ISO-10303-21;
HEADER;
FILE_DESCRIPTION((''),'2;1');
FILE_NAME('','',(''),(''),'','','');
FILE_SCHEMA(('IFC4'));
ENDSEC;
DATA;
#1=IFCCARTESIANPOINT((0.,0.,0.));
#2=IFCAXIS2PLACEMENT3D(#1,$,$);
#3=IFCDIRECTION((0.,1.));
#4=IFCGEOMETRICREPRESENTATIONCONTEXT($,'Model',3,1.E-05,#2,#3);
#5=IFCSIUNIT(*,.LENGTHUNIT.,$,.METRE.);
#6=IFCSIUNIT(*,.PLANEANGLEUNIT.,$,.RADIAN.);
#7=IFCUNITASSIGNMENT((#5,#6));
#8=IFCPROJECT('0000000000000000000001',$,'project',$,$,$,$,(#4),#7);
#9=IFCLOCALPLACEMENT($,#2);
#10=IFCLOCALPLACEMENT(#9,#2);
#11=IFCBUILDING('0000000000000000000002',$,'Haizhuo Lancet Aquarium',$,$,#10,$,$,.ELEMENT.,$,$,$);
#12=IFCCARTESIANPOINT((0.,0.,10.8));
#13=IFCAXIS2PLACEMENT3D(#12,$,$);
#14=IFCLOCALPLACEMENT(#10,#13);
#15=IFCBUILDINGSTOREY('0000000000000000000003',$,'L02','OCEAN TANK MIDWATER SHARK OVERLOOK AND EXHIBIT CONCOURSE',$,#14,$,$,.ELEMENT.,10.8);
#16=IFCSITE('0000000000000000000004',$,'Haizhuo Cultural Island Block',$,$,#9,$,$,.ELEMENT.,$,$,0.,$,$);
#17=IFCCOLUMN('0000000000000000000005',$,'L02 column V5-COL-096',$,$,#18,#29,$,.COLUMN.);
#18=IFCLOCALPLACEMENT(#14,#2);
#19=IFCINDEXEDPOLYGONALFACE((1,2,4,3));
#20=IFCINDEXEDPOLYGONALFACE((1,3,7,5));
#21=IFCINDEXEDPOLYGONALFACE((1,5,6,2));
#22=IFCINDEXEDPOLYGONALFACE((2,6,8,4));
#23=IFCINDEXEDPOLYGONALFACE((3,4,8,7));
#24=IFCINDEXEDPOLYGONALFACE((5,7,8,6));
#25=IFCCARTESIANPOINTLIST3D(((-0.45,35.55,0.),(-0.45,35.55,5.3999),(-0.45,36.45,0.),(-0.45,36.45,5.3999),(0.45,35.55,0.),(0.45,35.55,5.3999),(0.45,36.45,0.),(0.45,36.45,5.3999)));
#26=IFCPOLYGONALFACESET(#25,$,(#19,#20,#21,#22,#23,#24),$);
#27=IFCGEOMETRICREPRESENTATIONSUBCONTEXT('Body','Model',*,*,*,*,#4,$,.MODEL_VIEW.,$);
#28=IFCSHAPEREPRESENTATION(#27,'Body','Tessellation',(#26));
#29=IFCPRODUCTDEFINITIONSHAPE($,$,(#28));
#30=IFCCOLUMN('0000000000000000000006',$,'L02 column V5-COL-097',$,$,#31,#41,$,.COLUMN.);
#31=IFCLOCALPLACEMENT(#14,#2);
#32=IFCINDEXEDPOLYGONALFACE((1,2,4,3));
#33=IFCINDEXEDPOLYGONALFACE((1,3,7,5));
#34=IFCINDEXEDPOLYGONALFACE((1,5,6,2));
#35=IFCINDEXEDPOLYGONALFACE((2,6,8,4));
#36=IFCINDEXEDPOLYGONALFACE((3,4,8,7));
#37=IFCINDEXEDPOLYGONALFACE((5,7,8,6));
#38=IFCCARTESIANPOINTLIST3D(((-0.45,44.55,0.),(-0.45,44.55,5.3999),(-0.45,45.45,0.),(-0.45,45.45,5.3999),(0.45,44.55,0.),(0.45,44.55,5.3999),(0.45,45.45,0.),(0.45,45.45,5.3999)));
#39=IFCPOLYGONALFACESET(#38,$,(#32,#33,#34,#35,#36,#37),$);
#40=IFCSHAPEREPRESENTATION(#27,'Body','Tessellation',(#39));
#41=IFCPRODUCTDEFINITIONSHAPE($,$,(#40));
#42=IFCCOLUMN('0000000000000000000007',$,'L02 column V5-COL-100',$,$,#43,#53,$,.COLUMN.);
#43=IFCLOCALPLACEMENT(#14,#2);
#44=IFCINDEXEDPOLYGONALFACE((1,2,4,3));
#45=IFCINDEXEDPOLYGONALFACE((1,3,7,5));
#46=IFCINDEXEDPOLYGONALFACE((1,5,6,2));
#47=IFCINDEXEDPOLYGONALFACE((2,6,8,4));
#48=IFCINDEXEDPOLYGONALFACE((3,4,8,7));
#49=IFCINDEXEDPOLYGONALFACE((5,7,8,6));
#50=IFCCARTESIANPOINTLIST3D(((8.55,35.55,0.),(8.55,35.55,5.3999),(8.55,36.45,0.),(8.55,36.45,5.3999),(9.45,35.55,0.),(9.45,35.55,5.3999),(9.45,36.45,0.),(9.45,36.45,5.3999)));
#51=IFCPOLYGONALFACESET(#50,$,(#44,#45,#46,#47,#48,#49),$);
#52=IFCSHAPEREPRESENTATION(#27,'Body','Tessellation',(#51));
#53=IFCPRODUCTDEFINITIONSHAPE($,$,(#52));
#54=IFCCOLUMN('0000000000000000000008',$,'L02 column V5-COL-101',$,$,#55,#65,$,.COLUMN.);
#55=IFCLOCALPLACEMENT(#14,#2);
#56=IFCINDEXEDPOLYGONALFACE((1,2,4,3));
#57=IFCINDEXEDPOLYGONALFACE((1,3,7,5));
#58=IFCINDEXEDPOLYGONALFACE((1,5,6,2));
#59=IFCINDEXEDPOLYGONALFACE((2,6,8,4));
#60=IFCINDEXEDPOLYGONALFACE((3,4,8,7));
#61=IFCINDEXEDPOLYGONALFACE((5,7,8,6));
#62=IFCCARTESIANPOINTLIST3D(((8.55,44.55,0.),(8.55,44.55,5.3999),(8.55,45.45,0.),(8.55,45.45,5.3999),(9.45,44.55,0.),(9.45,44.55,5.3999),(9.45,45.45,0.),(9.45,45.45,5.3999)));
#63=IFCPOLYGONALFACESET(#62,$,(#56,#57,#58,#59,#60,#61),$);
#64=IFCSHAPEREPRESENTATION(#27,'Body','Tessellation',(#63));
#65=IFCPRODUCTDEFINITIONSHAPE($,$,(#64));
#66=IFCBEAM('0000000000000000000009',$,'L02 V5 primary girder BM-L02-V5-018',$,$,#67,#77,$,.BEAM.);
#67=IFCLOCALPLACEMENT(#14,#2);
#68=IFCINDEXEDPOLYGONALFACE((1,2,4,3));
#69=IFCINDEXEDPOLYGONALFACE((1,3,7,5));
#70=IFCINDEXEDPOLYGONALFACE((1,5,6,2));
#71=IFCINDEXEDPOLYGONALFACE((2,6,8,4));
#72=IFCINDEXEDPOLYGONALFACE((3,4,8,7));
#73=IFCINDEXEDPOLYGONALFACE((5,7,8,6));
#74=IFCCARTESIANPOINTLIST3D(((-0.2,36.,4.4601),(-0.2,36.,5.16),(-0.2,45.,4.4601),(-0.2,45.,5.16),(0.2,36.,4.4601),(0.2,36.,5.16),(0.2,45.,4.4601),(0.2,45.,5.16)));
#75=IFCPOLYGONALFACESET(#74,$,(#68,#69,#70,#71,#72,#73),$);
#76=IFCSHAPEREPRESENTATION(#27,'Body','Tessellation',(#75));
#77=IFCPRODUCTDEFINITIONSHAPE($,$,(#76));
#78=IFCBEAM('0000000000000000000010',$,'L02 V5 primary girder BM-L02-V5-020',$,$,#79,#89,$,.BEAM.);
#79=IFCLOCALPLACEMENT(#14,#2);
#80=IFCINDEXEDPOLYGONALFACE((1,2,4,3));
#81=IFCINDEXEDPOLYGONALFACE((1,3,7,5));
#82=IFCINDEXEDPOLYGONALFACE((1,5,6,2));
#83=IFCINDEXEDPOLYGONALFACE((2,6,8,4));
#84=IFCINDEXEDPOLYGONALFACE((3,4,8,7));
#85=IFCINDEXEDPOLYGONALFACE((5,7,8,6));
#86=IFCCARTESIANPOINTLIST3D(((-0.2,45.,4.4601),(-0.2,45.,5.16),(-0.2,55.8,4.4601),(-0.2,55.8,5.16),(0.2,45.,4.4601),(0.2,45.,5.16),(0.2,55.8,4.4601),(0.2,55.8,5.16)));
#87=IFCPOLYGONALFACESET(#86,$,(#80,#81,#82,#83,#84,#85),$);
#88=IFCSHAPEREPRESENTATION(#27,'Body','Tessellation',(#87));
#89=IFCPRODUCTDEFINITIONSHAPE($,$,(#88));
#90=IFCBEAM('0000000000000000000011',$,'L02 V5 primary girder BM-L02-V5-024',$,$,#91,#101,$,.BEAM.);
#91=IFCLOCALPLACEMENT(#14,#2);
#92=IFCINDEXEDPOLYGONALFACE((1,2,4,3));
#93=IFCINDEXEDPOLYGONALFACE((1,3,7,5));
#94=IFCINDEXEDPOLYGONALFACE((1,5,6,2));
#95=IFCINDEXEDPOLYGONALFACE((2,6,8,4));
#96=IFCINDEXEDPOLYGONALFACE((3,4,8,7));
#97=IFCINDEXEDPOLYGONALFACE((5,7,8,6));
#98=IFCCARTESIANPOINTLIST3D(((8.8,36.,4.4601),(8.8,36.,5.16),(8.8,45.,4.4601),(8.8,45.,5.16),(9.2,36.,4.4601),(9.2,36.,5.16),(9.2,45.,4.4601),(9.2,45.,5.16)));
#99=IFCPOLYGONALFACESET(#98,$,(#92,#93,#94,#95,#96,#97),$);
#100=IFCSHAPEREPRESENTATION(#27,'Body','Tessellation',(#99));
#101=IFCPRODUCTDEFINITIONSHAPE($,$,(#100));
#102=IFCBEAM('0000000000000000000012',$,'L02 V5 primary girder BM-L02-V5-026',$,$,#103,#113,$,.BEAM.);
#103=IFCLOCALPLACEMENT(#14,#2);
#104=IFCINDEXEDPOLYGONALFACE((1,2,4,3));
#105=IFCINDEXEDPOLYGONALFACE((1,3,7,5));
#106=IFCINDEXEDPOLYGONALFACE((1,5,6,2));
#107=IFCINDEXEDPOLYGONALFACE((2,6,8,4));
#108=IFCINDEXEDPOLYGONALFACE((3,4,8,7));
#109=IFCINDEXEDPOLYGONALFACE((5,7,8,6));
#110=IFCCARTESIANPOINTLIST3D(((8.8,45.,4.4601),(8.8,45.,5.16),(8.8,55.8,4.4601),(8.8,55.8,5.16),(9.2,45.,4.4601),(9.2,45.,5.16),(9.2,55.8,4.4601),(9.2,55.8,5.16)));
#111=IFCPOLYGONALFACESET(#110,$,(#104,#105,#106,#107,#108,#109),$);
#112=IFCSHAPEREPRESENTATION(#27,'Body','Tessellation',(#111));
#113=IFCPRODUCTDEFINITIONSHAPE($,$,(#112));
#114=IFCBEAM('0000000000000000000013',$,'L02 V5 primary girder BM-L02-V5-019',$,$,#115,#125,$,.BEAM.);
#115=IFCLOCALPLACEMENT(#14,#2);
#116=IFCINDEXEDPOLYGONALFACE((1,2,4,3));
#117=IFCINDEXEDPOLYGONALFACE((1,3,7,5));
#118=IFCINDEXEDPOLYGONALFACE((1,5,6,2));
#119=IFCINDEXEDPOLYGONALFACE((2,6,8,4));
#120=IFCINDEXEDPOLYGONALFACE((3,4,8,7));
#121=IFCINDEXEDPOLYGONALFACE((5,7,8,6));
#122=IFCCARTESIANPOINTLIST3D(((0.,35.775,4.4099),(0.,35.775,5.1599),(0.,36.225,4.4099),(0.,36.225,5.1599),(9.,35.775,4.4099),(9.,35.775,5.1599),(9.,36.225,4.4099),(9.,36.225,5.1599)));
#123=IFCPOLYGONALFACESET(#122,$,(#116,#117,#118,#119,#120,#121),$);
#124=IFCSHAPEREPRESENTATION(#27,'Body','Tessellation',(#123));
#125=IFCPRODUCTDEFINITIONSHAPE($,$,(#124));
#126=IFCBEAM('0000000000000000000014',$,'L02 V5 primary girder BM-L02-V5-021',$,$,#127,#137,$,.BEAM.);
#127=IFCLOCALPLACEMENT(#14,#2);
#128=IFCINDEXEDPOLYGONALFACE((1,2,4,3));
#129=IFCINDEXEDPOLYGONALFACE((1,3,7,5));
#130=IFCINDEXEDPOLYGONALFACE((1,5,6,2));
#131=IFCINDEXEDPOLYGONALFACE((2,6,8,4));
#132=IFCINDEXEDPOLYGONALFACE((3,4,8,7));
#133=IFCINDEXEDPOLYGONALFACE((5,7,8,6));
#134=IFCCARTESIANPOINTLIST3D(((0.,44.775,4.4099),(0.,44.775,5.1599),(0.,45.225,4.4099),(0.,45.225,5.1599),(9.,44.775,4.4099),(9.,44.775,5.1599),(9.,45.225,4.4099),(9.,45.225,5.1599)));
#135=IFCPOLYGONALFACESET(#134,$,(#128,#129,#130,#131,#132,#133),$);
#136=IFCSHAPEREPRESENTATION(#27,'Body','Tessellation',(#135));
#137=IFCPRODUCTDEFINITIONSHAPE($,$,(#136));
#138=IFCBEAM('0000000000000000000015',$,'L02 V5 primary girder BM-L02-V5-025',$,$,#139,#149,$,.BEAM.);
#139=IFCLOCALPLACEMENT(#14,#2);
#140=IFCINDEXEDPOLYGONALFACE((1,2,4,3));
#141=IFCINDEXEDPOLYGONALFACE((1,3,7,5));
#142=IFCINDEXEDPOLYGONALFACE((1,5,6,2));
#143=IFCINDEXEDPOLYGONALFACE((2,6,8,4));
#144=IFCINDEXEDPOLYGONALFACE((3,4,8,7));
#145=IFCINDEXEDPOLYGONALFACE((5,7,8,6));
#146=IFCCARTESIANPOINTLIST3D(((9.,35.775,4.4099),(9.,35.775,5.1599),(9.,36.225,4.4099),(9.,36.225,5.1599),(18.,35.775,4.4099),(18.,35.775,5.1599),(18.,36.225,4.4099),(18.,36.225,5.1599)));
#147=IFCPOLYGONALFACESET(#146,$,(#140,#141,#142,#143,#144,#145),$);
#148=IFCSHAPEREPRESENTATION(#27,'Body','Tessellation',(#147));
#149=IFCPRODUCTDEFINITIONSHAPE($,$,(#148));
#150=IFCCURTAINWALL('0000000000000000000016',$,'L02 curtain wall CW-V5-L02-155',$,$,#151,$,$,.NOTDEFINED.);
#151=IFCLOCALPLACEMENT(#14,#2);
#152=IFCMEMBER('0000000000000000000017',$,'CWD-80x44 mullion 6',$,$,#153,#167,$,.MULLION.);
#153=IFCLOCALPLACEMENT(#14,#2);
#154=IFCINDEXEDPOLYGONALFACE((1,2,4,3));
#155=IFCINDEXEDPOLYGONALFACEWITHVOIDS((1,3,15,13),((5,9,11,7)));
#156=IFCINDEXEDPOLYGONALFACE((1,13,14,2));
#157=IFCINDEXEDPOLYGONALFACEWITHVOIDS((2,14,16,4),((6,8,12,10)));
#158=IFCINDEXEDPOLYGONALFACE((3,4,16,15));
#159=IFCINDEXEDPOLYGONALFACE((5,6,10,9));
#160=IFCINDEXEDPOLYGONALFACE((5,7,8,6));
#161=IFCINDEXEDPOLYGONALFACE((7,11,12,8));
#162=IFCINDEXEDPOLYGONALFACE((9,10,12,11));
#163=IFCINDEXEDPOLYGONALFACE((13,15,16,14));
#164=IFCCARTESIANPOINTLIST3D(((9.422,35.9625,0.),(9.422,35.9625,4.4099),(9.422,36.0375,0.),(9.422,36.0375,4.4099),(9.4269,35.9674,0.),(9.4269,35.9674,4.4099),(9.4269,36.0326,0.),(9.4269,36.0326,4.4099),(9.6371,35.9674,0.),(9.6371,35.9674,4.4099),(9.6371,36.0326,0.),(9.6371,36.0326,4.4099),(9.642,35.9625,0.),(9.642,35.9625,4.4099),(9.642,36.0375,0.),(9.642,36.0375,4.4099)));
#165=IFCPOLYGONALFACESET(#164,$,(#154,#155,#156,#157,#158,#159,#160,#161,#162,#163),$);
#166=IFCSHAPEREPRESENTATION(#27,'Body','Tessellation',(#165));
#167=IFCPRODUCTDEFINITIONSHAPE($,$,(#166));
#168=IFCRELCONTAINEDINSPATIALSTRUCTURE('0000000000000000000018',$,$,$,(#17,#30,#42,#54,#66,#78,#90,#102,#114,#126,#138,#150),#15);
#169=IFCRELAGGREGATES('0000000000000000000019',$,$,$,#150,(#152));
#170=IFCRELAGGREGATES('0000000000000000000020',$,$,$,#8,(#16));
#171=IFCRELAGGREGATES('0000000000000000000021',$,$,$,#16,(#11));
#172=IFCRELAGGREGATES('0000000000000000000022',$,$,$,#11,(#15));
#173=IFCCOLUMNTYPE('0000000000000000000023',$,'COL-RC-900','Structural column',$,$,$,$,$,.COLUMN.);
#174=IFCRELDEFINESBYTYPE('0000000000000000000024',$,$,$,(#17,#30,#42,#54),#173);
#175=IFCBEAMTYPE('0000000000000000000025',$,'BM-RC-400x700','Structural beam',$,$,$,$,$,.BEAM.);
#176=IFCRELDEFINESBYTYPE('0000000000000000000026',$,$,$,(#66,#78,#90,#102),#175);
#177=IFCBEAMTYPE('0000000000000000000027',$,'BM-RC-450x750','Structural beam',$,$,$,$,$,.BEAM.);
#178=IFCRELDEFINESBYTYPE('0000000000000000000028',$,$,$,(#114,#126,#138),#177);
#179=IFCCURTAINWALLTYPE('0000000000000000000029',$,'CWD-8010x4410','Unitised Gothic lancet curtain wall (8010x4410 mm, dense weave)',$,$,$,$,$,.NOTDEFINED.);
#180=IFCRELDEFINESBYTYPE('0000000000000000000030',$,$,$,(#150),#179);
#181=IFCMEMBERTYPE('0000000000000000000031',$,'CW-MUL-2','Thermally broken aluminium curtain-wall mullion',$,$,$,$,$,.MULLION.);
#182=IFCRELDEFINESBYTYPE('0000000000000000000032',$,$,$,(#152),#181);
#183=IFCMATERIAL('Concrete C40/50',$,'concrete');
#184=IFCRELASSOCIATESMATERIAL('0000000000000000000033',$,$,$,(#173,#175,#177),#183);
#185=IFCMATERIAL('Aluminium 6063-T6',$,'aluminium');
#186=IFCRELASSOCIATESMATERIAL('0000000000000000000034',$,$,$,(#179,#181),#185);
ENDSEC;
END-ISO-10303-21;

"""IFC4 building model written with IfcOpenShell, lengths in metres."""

from ifc_helpers import new_model, si_unit, direction, frame, origin, origin_2d, place, context, subcontext, project, spatial, rectangle, hollow_rectangle, extrude, material, material_profile, profile_set, type_object, element, aggregate, save


model = new_model("IFC4")

# Units and contexts
model_context = context("Model", 3, precision=1e-05, world=origin(), true_north=direction((0.0, 1.0)))
body_context = subcontext(model_context, "Body", "Model", "MODEL_VIEW")
ifc_project = project(units=[si_unit("LENGTHUNIT", "METRE"), si_unit("PLANEANGLEUNIT", "RADIAN")], contexts=[model_context])

# Site, building, storey
site_placement = place(None, origin())
site = spatial("IfcSite", under=ifc_project, at=site_placement, Name="Haizhuo Cultural Island Block", CompositionType="ELEMENT", RefElevation=0.0)
building_placement = place(site_placement, origin())
building = spatial("IfcBuilding", under=site, at=building_placement, Name="Haizhuo Lancet Aquarium", CompositionType="ELEMENT")
storey_placement = place(building_placement, frame((0.0, 0.0, 10.8)))
storey = spatial("IfcBuildingStorey", under=building, at=storey_placement, Name="L02", Description="OCEAN TANK MIDWATER SHARK OVERLOOK AND EXHIBIT CONCOURSE", CompositionType="ELEMENT", Elevation=10.8)

# Columns
ifc_material_1 = material(Name="Concrete C40/50", Category="concrete")
ifc_material_profile_1 = material_profile(ifc_material_1, rectangle(XDim=0.8999, YDim=0.8999, at=origin_2d()), Name="RC-COL 900x900")
ifc_profile_set_1 = profile_set([ifc_material_profile_1], Name="Concrete C40/50")
column_type = type_object("IfcColumnType", Name="COL-RC-900", Description="Structural column", PredefinedType="COLUMN", material=ifc_profile_set_1)
for number, where, z_axis, x_axis, name in (
    (1, (0.0, 36.0, 0.0), (0.0, 0.0, 1.0), (1.0, 0.0, 0.0), "L02 column V5-COL-096"),
    (2, (0.0, 45.0, 0.0), (0.0, 0.0, 1.0), (1.0, 0.0, 0.0), "L02 column V5-COL-097"),
    (3, (9.0, 36.0, 0.0), (0.0, 0.0, 1.0), (1.0, 0.0, 0.0), "L02 column V5-COL-100"),
    (4, (9.0, 45.0, 0.0), (0.0, 0.0, 1.0), (1.0, 0.0, 0.0), "L02 column V5-COL-101"),
):
    element("IfcColumn", number, at=place(storey_placement, frame(where, z_axis=z_axis, x_axis=x_axis)), inside=storey, type_object=column_type, Name=name, PredefinedType="COLUMN", context=body_context, shape_type="SweptSolid", body=[
        extrude(rectangle(XDim=0.8999, YDim=0.8999, at=origin_2d()), origin(), (0.0, 0.0, 1.0), 5.3999),
    ])

# Beams
ifc_material_profile_2 = material_profile(ifc_material_1, rectangle(XDim=0.3999, YDim=0.7, at=origin_2d()), Name="RC-BM 400x700")
ifc_profile_set_2 = profile_set([ifc_material_profile_2], Name="Concrete C40/50")
beam_type_1 = type_object("IfcBeamType", Name="BM-RC-400x700", Description="Structural beam", PredefinedType="BEAM", material=ifc_profile_set_2)
beam_1_placement = place(storey_placement, frame((0.0, 36.0, 4.8101), z_axis=(0.0, 1.0, 0.0), x_axis=(-1.0, 0.0, 0.0)))
element("IfcBeam", 5, at=beam_1_placement, inside=storey, type_object=beam_type_1, Name="L02 V5 primary girder BM-L02-V5-018", PredefinedType="BEAM", context=body_context, shape_type="SweptSolid", body=[
    extrude(rectangle(XDim=0.3999, YDim=0.7, at=origin_2d()), origin(), (0.0, 0.0, 1.0), 9.0),
])
beam_2_placement = place(storey_placement, frame((0.0, 45.0, 4.8101), z_axis=(0.0, 1.0, 0.0), x_axis=(-1.0, 0.0, 0.0)))
element("IfcBeam", 6, at=beam_2_placement, inside=storey, type_object=beam_type_1, Name="L02 V5 primary girder BM-L02-V5-020", PredefinedType="BEAM", context=body_context, shape_type="SweptSolid", body=[
    extrude(rectangle(XDim=0.3999, YDim=0.7, at=origin_2d()), origin(), (0.0, 0.0, 1.0), 10.8),
])
beam_3_placement = place(storey_placement, frame((9.0, 36.0, 4.8101), z_axis=(0.0, 1.0, 0.0), x_axis=(-1.0, 0.0, 0.0)))
element("IfcBeam", 7, at=beam_3_placement, inside=storey, type_object=beam_type_1, Name="L02 V5 primary girder BM-L02-V5-024", PredefinedType="BEAM", context=body_context, shape_type="SweptSolid", body=[
    extrude(rectangle(XDim=0.3999, YDim=0.7, at=origin_2d()), origin(), (0.0, 0.0, 1.0), 9.0),
])
beam_4_placement = place(storey_placement, frame((9.0, 45.0, 4.8101), z_axis=(0.0, 1.0, 0.0), x_axis=(-1.0, 0.0, 0.0)))
element("IfcBeam", 8, at=beam_4_placement, inside=storey, type_object=beam_type_1, Name="L02 V5 primary girder BM-L02-V5-026", PredefinedType="BEAM", context=body_context, shape_type="SweptSolid", body=[
    extrude(rectangle(XDim=0.3999, YDim=0.7, at=origin_2d()), origin(), (0.0, 0.0, 1.0), 10.8),
])
ifc_material_profile_3 = material_profile(ifc_material_1, rectangle(XDim=0.45, YDim=0.75, at=origin_2d()), Name="RC-BM 450x750")
ifc_profile_set_3 = profile_set([ifc_material_profile_3], Name="Concrete C40/50")
beam_type_2 = type_object("IfcBeamType", Name="BM-RC-450x750", Description="Structural beam", PredefinedType="BEAM", material=ifc_profile_set_3)
for number, where, z_axis, x_axis, name in (
    (9, (0.0, 36.0, 4.7849), (1.0, 0.0, 0.0), (0.0, 1.0, 0.0), "L02 V5 primary girder BM-L02-V5-019"),
    (10, (0.0, 45.0, 4.7849), (1.0, 0.0, 0.0), (0.0, 1.0, 0.0), "L02 V5 primary girder BM-L02-V5-021"),
    (11, (9.0, 36.0, 4.7849), (1.0, 0.0, 0.0), (0.0, 1.0, 0.0), "L02 V5 primary girder BM-L02-V5-025"),
):
    element("IfcBeam", number, at=place(storey_placement, frame(where, z_axis=z_axis, x_axis=x_axis)), inside=storey, type_object=beam_type_2, Name=name, PredefinedType="BEAM", context=body_context, shape_type="SweptSolid", body=[
        extrude(rectangle(XDim=0.45, YDim=0.75, at=origin_2d()), origin(), (0.0, 0.0, 1.0), 9.0),
    ])

# Curtain wall, member
ifc_material_2 = material(Name="Aluminium 6063-T6", Category="aluminium")
curtain_wall_type = type_object("IfcCurtainWallType", Name="CWD-8010x4410", Description="Unitised Gothic lancet curtain wall (8010x4410 mm, dense weave)", PredefinedType="NOTDEFINED", material=ifc_material_2)
curtain_wall_placement = place(storey_placement, origin())
curtain_wall = element("IfcCurtainWall", 12, at=curtain_wall_placement, inside=storey, type_object=curtain_wall_type, Name="L02 curtain wall CW-V5-L02-155", PredefinedType="NOTDEFINED")
ifc_material_profile_4 = material_profile(ifc_material_2, hollow_rectangle(XDim=0.075, YDim=0.22, WallThickness=0.0049, at=origin_2d()), Name="ALU-M 75x220x5")
ifc_profile_set_4 = profile_set([ifc_material_profile_4], Name="Aluminium 6063-T6")
member_type_1 = type_object("IfcMemberType", Name="CW-MUL-2", Description="Thermally broken aluminium curtain-wall mullion", PredefinedType="MULLION", material=ifc_profile_set_4)
member_1_placement = place(storey_placement, frame((9.532, 36.0, 0.0), z_axis=(0.0, 0.0, 1.0), x_axis=(0.0, -1.0, 0.0)))
member_1 = element("IfcMember", 13, at=member_1_placement, type_object=member_type_1, Name="CWD-80x44 mullion 6", PredefinedType="MULLION", context=body_context, shape_type="SweptSolid", body=[
    extrude(hollow_rectangle(XDim=0.075, YDim=0.22, WallThickness=0.0049, at=origin_2d()), origin(), (0.0, 0.0, 1.0), 4.4099),
])
aggregate(curtain_wall, [member_1])

save(model, "model.ifc")
